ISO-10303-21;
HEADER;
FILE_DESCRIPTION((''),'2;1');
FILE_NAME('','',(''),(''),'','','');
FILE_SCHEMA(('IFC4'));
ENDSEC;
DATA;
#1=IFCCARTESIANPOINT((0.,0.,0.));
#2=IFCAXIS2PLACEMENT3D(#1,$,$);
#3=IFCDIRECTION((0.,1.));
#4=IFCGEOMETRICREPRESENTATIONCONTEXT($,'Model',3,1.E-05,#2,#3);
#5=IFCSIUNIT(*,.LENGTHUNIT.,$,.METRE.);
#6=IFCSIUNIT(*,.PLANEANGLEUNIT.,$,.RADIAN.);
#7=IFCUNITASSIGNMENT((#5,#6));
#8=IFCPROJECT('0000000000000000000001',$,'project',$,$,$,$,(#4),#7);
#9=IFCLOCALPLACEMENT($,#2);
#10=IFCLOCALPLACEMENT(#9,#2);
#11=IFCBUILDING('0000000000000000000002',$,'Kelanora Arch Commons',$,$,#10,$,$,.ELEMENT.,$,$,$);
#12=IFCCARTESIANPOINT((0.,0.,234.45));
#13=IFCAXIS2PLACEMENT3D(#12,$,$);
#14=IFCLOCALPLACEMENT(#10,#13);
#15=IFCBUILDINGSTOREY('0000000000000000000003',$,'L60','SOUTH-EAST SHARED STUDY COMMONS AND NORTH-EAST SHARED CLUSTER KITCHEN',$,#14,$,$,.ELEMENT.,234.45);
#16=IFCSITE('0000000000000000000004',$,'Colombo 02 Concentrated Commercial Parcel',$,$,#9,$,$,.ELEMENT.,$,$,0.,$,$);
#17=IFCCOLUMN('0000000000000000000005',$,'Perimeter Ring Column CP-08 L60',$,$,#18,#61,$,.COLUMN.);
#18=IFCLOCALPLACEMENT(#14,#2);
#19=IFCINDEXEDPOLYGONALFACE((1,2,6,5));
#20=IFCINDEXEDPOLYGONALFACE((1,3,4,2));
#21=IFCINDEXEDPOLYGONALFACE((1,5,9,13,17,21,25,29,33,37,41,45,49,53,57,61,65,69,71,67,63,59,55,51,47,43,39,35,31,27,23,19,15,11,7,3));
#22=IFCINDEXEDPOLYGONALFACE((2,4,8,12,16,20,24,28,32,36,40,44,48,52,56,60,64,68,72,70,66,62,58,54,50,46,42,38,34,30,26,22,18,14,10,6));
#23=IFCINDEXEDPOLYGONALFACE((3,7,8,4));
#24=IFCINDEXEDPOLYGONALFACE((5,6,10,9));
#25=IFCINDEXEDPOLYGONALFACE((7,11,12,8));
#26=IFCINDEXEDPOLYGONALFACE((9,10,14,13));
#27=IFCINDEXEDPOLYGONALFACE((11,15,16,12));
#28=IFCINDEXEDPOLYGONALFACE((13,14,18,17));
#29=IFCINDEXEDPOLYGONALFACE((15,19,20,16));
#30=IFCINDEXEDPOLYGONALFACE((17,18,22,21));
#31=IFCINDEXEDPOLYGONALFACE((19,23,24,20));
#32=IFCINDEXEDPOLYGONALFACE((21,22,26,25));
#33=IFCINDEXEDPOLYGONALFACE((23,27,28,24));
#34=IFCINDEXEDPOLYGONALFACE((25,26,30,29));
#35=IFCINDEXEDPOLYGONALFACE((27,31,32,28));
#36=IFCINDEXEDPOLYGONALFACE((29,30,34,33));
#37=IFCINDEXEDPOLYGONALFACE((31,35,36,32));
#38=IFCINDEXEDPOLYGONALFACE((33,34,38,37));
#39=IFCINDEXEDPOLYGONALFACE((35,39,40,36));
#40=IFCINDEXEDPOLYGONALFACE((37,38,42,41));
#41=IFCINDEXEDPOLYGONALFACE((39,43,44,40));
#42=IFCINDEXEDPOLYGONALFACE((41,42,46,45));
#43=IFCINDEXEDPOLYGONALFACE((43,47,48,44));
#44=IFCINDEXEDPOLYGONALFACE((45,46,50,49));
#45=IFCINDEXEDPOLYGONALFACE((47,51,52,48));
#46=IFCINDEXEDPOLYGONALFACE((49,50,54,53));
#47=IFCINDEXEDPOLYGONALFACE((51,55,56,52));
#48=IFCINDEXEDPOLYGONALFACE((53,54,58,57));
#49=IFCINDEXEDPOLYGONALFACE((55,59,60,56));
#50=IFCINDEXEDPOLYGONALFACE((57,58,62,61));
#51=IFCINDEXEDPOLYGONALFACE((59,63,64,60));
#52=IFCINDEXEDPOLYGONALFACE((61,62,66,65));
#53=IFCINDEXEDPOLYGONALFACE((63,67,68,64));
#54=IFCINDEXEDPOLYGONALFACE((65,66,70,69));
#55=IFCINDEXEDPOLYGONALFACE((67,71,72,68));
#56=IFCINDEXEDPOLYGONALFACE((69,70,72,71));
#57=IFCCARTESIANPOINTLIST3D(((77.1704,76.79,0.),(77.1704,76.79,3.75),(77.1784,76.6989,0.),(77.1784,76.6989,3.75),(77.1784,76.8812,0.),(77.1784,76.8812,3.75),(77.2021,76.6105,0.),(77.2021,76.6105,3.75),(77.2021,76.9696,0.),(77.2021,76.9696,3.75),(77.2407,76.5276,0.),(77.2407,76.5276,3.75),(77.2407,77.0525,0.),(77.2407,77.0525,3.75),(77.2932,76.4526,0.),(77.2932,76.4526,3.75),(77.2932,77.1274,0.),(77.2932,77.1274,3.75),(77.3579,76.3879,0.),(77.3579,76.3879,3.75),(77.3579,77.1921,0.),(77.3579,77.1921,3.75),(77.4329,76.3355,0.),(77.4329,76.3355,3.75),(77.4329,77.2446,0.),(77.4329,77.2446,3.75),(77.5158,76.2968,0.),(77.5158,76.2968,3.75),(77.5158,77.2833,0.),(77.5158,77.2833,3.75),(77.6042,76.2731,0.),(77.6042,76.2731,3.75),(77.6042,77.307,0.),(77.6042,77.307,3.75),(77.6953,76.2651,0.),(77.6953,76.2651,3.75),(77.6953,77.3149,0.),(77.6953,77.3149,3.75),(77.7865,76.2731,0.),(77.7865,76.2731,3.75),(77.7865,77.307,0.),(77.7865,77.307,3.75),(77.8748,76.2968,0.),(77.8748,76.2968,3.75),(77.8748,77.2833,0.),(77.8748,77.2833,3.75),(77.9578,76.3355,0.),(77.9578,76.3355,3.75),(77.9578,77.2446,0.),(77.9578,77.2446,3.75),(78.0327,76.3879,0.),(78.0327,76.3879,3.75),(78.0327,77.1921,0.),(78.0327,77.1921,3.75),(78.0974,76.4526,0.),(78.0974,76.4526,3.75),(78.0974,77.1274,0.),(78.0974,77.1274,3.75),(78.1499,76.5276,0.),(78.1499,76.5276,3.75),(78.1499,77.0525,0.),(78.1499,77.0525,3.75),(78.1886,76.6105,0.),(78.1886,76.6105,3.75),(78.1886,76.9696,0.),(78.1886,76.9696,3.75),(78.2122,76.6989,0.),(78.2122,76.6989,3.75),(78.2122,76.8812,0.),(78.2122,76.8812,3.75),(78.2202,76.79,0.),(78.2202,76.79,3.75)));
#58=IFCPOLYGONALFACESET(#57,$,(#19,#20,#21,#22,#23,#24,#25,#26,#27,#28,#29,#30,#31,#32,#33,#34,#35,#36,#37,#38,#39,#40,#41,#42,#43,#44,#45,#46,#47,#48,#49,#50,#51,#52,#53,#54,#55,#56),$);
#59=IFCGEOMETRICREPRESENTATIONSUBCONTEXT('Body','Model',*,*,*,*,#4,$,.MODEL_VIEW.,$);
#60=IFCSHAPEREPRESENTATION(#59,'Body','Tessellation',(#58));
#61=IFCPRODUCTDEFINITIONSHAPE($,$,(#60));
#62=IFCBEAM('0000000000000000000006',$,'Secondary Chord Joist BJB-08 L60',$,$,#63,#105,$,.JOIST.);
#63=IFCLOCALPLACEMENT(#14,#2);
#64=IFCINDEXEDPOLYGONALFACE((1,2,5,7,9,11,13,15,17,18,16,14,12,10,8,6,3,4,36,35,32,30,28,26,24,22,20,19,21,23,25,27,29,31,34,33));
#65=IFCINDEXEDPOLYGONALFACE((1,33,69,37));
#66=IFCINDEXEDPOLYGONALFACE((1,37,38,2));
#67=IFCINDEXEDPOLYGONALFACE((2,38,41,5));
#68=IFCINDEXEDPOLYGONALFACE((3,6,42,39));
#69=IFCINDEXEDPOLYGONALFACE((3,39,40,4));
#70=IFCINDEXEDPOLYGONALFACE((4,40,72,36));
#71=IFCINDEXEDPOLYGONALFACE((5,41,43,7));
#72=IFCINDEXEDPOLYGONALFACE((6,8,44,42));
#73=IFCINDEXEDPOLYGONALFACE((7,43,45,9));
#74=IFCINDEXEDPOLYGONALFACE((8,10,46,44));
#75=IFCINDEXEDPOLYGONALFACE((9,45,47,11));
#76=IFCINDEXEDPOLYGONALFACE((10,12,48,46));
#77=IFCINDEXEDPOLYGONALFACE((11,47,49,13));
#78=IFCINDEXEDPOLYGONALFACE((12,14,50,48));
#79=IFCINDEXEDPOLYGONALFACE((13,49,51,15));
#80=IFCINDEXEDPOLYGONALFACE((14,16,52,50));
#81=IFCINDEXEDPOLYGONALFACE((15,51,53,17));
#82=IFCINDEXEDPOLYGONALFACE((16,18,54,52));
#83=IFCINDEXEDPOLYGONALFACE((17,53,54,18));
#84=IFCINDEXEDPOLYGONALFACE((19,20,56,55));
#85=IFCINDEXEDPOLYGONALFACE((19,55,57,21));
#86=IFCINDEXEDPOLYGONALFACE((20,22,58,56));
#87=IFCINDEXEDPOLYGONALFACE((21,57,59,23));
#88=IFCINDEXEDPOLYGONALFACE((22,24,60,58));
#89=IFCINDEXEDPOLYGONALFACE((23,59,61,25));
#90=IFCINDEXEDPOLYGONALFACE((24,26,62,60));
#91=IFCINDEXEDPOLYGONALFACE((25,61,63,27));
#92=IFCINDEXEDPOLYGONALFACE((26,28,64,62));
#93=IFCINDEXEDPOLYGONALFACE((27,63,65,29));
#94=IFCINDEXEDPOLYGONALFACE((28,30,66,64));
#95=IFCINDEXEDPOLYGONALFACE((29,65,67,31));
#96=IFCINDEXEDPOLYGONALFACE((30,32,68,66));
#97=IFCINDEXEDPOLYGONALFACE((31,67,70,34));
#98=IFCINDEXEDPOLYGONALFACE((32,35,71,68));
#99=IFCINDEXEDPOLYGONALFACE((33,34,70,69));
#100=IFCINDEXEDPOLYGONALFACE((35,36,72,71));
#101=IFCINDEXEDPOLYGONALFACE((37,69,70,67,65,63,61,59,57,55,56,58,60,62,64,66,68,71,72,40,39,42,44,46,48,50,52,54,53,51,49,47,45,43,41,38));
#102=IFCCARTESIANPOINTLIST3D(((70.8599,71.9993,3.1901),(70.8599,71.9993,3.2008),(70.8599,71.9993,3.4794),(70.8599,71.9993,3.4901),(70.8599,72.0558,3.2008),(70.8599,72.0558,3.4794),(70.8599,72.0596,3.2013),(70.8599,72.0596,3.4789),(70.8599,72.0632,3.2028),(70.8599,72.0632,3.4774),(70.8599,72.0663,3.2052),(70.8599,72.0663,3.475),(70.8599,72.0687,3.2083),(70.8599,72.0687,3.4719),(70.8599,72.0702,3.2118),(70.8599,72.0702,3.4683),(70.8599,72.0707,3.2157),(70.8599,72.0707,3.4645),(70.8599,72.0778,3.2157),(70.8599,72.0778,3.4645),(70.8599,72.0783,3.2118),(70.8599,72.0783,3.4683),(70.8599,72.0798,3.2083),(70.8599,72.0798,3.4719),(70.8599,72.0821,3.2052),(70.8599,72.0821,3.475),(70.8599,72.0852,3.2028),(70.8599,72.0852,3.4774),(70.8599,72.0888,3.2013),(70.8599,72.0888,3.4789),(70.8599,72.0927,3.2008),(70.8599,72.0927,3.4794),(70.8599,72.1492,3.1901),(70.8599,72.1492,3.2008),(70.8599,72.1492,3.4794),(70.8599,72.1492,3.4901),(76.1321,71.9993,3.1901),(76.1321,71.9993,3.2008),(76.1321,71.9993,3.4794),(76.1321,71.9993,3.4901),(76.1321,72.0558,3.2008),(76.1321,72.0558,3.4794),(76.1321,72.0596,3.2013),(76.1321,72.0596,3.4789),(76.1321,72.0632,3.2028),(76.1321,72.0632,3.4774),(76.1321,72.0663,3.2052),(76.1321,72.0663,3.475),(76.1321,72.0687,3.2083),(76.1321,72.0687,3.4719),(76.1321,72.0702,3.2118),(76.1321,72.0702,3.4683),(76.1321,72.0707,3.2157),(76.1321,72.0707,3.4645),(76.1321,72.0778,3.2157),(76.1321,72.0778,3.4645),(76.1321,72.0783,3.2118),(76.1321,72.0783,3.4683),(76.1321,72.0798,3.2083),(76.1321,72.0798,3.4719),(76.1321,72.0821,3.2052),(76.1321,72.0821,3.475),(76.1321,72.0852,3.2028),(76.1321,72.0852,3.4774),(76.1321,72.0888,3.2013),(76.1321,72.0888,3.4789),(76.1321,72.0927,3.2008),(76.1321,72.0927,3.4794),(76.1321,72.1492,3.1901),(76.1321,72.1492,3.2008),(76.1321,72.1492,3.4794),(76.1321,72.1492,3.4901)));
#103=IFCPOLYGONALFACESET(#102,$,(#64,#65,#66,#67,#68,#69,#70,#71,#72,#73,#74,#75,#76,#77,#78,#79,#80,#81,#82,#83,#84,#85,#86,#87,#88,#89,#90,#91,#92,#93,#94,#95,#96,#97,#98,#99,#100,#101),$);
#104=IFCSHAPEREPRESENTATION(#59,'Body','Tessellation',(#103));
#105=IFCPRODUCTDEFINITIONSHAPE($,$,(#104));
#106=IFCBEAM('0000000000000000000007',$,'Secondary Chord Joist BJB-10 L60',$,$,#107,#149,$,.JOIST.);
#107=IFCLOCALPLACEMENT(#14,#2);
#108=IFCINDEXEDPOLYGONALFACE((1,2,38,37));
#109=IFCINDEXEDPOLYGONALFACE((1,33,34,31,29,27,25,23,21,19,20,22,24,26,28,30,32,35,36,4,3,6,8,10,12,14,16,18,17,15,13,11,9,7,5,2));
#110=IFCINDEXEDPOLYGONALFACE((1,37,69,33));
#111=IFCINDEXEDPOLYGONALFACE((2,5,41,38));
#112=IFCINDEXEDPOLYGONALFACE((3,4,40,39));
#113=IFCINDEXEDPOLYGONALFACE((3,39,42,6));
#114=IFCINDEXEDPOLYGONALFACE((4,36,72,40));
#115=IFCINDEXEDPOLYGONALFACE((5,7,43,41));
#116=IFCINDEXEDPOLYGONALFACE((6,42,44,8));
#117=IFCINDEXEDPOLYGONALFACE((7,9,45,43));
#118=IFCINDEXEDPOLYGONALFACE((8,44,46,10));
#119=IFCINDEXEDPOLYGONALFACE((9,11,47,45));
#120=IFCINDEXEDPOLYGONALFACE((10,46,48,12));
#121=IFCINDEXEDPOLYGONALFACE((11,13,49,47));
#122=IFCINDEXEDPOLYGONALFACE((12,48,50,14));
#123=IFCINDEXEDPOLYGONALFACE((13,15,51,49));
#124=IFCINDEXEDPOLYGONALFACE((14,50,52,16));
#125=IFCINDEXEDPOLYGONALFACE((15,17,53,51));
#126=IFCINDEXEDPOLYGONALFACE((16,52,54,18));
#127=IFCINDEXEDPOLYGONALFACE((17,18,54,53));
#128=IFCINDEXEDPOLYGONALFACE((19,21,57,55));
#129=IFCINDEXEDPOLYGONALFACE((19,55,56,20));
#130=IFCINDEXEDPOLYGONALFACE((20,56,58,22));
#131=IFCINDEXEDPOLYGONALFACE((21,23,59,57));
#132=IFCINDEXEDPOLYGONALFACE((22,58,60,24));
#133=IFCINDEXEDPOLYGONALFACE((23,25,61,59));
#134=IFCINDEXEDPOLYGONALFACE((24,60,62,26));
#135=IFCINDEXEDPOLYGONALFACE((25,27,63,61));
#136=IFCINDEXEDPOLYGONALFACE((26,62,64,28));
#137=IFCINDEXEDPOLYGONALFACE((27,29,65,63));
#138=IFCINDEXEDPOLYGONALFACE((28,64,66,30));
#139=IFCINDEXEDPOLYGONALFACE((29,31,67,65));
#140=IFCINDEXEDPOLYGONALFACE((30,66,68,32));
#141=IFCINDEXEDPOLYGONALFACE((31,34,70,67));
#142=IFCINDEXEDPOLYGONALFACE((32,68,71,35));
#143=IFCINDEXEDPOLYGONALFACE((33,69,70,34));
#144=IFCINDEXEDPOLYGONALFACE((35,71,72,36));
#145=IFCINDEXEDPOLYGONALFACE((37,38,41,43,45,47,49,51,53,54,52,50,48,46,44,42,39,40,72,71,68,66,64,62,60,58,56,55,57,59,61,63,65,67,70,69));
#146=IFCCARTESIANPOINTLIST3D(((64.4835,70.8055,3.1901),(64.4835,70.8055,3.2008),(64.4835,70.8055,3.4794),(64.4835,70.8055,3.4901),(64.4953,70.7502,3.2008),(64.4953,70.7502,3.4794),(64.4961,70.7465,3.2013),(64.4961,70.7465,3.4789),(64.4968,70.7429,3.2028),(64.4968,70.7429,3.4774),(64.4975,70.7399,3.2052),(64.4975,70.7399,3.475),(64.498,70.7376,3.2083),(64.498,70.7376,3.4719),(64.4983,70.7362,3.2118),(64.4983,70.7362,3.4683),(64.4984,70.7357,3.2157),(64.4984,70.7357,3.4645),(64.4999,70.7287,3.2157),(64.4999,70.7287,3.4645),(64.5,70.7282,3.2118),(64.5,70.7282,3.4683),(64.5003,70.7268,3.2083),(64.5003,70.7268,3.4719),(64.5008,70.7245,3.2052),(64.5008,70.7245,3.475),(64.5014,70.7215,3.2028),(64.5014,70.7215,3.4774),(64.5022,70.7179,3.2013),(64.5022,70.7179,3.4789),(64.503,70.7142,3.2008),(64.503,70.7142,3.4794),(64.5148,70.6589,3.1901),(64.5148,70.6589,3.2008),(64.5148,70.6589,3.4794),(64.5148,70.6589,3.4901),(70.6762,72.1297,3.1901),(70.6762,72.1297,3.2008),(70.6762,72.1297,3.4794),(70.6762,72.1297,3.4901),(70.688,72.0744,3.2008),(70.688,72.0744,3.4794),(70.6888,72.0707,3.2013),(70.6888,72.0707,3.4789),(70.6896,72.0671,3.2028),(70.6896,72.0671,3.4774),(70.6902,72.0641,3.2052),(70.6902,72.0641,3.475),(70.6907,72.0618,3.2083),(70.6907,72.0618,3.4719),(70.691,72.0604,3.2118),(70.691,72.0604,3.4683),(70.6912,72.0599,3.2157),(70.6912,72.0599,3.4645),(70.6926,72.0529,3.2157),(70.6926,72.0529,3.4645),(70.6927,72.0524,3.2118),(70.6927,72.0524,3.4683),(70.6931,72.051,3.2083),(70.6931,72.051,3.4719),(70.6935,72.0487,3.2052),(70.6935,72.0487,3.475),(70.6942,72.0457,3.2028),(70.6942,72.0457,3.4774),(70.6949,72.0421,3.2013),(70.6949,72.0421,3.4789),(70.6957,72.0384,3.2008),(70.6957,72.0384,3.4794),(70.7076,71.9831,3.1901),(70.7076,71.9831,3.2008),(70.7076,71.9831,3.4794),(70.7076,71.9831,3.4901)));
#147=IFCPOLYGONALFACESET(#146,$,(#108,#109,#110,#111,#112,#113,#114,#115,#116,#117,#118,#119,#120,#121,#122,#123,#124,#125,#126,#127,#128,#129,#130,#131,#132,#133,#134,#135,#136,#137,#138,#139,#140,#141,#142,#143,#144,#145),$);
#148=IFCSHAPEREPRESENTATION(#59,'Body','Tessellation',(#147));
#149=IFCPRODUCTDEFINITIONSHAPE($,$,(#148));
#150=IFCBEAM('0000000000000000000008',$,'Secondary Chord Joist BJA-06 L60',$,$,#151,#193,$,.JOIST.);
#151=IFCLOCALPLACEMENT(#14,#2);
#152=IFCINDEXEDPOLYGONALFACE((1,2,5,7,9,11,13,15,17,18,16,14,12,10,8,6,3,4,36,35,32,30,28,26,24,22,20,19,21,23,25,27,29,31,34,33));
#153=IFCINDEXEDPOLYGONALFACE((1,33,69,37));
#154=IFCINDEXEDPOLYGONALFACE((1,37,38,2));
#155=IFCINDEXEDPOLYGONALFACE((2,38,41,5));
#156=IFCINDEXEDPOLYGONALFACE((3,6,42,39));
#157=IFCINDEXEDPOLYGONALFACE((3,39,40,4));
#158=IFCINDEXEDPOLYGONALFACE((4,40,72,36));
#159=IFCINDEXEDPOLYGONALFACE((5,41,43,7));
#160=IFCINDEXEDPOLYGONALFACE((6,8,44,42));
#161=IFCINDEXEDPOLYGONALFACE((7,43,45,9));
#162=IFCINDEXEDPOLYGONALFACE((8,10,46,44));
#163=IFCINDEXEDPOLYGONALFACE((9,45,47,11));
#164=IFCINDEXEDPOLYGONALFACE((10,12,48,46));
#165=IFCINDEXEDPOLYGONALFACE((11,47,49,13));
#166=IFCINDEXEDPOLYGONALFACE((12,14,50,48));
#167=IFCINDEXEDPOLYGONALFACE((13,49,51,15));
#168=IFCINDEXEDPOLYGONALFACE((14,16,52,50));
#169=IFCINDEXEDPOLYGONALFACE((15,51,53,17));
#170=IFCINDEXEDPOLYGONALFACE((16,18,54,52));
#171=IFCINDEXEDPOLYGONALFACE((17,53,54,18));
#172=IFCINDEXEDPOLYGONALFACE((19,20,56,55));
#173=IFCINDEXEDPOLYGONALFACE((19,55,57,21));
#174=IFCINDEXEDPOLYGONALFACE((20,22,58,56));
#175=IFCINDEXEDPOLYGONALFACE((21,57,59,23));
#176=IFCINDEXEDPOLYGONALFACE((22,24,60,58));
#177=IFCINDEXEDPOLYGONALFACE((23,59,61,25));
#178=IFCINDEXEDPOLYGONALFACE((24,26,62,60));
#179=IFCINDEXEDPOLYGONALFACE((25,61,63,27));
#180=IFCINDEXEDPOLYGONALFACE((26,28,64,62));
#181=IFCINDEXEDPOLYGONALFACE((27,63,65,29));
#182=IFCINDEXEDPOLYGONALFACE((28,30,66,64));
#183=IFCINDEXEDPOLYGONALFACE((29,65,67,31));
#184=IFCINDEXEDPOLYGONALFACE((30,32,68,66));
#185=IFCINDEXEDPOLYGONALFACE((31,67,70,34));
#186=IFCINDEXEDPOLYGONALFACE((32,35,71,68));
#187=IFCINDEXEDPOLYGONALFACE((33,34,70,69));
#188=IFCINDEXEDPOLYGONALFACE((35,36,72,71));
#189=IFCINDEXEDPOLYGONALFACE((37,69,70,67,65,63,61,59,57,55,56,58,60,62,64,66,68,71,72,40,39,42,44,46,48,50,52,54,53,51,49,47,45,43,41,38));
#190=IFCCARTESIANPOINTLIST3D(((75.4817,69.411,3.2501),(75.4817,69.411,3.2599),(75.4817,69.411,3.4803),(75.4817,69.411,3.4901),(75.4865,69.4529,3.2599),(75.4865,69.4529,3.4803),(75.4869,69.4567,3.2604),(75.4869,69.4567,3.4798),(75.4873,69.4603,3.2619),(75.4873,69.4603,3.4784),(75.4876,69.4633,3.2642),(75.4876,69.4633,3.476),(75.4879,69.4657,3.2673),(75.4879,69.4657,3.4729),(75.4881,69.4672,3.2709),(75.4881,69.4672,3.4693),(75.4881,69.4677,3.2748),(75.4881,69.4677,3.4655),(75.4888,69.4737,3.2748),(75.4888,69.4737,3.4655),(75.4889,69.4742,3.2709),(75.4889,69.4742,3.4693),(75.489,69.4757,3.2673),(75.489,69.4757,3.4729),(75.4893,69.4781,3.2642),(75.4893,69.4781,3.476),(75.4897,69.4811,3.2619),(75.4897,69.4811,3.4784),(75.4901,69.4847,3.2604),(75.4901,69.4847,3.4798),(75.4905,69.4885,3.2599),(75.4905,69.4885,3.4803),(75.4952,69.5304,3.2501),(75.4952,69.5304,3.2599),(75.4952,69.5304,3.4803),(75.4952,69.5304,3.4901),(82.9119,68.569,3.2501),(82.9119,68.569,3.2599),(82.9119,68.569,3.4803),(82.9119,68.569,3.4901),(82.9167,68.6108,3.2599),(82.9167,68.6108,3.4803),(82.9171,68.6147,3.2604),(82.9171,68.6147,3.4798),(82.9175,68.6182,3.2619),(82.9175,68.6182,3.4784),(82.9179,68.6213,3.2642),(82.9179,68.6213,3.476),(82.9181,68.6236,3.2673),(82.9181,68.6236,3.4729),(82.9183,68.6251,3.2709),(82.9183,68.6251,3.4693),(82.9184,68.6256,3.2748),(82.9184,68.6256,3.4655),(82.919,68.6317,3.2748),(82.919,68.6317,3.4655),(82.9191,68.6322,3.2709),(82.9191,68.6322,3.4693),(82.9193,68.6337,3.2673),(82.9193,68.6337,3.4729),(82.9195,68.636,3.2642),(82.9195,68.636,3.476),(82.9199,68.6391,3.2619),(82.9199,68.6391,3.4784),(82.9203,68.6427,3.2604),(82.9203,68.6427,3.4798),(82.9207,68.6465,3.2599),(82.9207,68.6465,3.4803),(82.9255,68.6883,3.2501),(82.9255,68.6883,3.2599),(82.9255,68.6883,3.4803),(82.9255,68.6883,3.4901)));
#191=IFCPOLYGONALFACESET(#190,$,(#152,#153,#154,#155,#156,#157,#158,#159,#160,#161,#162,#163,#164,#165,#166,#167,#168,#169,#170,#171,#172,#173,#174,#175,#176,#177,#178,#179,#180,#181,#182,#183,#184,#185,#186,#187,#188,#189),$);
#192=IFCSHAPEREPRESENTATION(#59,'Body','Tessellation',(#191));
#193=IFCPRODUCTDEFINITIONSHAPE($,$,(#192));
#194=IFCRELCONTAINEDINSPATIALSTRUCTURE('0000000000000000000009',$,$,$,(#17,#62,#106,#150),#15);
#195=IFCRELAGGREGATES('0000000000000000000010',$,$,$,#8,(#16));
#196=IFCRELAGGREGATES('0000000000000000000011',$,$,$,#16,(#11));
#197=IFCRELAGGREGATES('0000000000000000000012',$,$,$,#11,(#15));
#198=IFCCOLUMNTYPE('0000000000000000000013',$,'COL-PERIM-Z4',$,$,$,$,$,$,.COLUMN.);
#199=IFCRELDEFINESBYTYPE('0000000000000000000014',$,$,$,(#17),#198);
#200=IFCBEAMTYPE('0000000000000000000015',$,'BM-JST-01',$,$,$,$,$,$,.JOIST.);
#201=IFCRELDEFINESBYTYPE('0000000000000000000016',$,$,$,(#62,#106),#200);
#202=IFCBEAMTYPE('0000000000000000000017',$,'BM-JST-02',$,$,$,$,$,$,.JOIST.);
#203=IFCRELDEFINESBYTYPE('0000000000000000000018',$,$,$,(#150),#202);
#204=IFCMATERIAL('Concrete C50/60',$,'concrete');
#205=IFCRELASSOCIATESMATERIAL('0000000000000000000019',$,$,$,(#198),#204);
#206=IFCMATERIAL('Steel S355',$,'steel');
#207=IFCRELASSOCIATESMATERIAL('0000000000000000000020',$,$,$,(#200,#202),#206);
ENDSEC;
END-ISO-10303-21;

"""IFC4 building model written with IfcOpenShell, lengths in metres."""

from ifc_helpers import new_model, si_unit, direction, frame, origin, origin_2d, place, context, subcontext, project, spatial, circle, i_section, extrude, material, material_profile, profile_set, type_object, element, save


model = new_model("IFC4")

# Units and contexts
model_context = context("Model", 3, precision=1e-05, world=origin(), true_north=direction((0.0, 1.0)))
body_context = subcontext(model_context, "Body", "Model", "MODEL_VIEW")
ifc_project = project(units=[si_unit("LENGTHUNIT", "METRE"), si_unit("PLANEANGLEUNIT", "RADIAN")], contexts=[model_context])

# Site, building, storey
site_placement = place(None, origin())
site = spatial("IfcSite", under=ifc_project, at=site_placement, Name="Colombo 02 Concentrated Commercial Parcel", CompositionType="ELEMENT", RefElevation=0.0)
building_placement = place(site_placement, origin())
building = spatial("IfcBuilding", under=site, at=building_placement, Name="Kelanora Arch Commons", CompositionType="ELEMENT")
storey_placement = place(building_placement, frame((0.0, 0.0, 234.45)))
storey = spatial("IfcBuildingStorey", under=building, at=storey_placement, Name="L60", Description="SOUTH-EAST SHARED STUDY COMMONS AND NORTH-EAST SHARED CLUSTER KITCHEN", CompositionType="ELEMENT", Elevation=234.45)

# Column
ifc_material_1 = material(Name="Concrete C50/60", Category="concrete")
ifc_material_profile_1 = material_profile(ifc_material_1, circle(Radius=0.5249, at=origin_2d()), Name="RCC1050")
ifc_profile_set_1 = profile_set([ifc_material_profile_1], Name="Concrete C50/60")
column_type = type_object("IfcColumnType", Name="COL-PERIM-Z4", PredefinedType="COLUMN", material=ifc_profile_set_1)
column_placement = place(storey_placement, frame((77.6953, 76.79, 0.0), z_axis=(0.0, 0.0, 1.0), x_axis=(1.0, 0.0, 0.0)))
element("IfcColumn", 1, at=column_placement, inside=storey, type_object=column_type, Name="Perimeter Ring Column CP-08 L60", PredefinedType="COLUMN", context=body_context, shape_type="SweptSolid", body=[
    extrude(circle(Radius=0.5249, at=origin_2d()), origin(), (0.0, 0.0, 1.0), 3.75),
])

# Beams
ifc_material_2 = material(Name="Steel S355", Category="steel")
ifc_material_profile_2 = material_profile(ifc_material_2, i_section(OverallWidth=0.1499, OverallDepth=0.3, WebThickness=0.0071, FlangeThickness=0.0107, FilletRadius=0.0149, at=origin_2d()), Name="IPE300")
ifc_profile_set_2 = profile_set([ifc_material_profile_2], Name="Steel S355")
beam_type_1 = type_object("IfcBeamType", Name="BM-JST-01", PredefinedType="JOIST", material=ifc_profile_set_2)
beam_1_placement = place(storey_placement, frame((76.1321, 72.0742, 3.3401), z_axis=(-1.0, 0.0, 0.0), x_axis=(0.0, -1.0, 0.0)))
element("IfcBeam", 2, at=beam_1_placement, inside=storey, type_object=beam_type_1, Name="Secondary Chord Joist BJB-08 L60", PredefinedType="JOIST", context=body_context, shape_type="SweptSolid", body=[
    extrude(i_section(OverallWidth=0.1499, OverallDepth=0.3, WebThickness=0.0071, FlangeThickness=0.0107, FilletRadius=0.0149, at=origin_2d()), origin(), (0.0, 0.0, 1.0), 5.2722),
])
beam_2_placement = place(storey_placement, frame((70.6919, 72.0564, 3.3401), z_axis=(-0.977894, -0.209103, 0.0), x_axis=(0.209103, -0.977894, 0.0)))
element("IfcBeam", 3, at=beam_2_placement, inside=storey, type_object=beam_type_1, Name="Secondary Chord Joist BJB-10 L60", PredefinedType="JOIST", context=body_context, shape_type="SweptSolid", body=[
    extrude(i_section(OverallWidth=0.1499, OverallDepth=0.3, WebThickness=0.0071, FlangeThickness=0.0107, FilletRadius=0.0149, at=origin_2d()), origin(), (0.0, 0.0, 1.0), 6.3328),
])
ifc_material_profile_3 = material_profile(ifc_material_2, i_section(OverallWidth=0.1201, OverallDepth=0.24, WebThickness=0.0061, FlangeThickness=0.0098, FilletRadius=0.0149, at=origin_2d()), Name="IPE240")
ifc_profile_set_3 = profile_set([ifc_material_profile_3], Name="Steel S355")
beam_type_2 = type_object("IfcBeamType", Name="BM-JST-02", PredefinedType="JOIST", material=ifc_profile_set_3)
beam_3_placement = place(storey_placement, frame((82.9187, 68.6287, 3.3701), z_axis=(-0.99364, 0.112606, 0.0), x_axis=(-0.112606, -0.99364, 0.0)))
element("IfcBeam", 4, at=beam_3_placement, inside=storey, type_object=beam_type_2, Name="Secondary Chord Joist BJA-06 L60", PredefinedType="JOIST", context=body_context, shape_type="SweptSolid", body=[
    extrude(i_section(OverallWidth=0.1201, OverallDepth=0.24, WebThickness=0.0061, FlangeThickness=0.0098, FilletRadius=0.0149, at=origin_2d()), origin(), (0.0, 0.0, 1.0), 7.4778),
])

save(model, "model.ifc")
